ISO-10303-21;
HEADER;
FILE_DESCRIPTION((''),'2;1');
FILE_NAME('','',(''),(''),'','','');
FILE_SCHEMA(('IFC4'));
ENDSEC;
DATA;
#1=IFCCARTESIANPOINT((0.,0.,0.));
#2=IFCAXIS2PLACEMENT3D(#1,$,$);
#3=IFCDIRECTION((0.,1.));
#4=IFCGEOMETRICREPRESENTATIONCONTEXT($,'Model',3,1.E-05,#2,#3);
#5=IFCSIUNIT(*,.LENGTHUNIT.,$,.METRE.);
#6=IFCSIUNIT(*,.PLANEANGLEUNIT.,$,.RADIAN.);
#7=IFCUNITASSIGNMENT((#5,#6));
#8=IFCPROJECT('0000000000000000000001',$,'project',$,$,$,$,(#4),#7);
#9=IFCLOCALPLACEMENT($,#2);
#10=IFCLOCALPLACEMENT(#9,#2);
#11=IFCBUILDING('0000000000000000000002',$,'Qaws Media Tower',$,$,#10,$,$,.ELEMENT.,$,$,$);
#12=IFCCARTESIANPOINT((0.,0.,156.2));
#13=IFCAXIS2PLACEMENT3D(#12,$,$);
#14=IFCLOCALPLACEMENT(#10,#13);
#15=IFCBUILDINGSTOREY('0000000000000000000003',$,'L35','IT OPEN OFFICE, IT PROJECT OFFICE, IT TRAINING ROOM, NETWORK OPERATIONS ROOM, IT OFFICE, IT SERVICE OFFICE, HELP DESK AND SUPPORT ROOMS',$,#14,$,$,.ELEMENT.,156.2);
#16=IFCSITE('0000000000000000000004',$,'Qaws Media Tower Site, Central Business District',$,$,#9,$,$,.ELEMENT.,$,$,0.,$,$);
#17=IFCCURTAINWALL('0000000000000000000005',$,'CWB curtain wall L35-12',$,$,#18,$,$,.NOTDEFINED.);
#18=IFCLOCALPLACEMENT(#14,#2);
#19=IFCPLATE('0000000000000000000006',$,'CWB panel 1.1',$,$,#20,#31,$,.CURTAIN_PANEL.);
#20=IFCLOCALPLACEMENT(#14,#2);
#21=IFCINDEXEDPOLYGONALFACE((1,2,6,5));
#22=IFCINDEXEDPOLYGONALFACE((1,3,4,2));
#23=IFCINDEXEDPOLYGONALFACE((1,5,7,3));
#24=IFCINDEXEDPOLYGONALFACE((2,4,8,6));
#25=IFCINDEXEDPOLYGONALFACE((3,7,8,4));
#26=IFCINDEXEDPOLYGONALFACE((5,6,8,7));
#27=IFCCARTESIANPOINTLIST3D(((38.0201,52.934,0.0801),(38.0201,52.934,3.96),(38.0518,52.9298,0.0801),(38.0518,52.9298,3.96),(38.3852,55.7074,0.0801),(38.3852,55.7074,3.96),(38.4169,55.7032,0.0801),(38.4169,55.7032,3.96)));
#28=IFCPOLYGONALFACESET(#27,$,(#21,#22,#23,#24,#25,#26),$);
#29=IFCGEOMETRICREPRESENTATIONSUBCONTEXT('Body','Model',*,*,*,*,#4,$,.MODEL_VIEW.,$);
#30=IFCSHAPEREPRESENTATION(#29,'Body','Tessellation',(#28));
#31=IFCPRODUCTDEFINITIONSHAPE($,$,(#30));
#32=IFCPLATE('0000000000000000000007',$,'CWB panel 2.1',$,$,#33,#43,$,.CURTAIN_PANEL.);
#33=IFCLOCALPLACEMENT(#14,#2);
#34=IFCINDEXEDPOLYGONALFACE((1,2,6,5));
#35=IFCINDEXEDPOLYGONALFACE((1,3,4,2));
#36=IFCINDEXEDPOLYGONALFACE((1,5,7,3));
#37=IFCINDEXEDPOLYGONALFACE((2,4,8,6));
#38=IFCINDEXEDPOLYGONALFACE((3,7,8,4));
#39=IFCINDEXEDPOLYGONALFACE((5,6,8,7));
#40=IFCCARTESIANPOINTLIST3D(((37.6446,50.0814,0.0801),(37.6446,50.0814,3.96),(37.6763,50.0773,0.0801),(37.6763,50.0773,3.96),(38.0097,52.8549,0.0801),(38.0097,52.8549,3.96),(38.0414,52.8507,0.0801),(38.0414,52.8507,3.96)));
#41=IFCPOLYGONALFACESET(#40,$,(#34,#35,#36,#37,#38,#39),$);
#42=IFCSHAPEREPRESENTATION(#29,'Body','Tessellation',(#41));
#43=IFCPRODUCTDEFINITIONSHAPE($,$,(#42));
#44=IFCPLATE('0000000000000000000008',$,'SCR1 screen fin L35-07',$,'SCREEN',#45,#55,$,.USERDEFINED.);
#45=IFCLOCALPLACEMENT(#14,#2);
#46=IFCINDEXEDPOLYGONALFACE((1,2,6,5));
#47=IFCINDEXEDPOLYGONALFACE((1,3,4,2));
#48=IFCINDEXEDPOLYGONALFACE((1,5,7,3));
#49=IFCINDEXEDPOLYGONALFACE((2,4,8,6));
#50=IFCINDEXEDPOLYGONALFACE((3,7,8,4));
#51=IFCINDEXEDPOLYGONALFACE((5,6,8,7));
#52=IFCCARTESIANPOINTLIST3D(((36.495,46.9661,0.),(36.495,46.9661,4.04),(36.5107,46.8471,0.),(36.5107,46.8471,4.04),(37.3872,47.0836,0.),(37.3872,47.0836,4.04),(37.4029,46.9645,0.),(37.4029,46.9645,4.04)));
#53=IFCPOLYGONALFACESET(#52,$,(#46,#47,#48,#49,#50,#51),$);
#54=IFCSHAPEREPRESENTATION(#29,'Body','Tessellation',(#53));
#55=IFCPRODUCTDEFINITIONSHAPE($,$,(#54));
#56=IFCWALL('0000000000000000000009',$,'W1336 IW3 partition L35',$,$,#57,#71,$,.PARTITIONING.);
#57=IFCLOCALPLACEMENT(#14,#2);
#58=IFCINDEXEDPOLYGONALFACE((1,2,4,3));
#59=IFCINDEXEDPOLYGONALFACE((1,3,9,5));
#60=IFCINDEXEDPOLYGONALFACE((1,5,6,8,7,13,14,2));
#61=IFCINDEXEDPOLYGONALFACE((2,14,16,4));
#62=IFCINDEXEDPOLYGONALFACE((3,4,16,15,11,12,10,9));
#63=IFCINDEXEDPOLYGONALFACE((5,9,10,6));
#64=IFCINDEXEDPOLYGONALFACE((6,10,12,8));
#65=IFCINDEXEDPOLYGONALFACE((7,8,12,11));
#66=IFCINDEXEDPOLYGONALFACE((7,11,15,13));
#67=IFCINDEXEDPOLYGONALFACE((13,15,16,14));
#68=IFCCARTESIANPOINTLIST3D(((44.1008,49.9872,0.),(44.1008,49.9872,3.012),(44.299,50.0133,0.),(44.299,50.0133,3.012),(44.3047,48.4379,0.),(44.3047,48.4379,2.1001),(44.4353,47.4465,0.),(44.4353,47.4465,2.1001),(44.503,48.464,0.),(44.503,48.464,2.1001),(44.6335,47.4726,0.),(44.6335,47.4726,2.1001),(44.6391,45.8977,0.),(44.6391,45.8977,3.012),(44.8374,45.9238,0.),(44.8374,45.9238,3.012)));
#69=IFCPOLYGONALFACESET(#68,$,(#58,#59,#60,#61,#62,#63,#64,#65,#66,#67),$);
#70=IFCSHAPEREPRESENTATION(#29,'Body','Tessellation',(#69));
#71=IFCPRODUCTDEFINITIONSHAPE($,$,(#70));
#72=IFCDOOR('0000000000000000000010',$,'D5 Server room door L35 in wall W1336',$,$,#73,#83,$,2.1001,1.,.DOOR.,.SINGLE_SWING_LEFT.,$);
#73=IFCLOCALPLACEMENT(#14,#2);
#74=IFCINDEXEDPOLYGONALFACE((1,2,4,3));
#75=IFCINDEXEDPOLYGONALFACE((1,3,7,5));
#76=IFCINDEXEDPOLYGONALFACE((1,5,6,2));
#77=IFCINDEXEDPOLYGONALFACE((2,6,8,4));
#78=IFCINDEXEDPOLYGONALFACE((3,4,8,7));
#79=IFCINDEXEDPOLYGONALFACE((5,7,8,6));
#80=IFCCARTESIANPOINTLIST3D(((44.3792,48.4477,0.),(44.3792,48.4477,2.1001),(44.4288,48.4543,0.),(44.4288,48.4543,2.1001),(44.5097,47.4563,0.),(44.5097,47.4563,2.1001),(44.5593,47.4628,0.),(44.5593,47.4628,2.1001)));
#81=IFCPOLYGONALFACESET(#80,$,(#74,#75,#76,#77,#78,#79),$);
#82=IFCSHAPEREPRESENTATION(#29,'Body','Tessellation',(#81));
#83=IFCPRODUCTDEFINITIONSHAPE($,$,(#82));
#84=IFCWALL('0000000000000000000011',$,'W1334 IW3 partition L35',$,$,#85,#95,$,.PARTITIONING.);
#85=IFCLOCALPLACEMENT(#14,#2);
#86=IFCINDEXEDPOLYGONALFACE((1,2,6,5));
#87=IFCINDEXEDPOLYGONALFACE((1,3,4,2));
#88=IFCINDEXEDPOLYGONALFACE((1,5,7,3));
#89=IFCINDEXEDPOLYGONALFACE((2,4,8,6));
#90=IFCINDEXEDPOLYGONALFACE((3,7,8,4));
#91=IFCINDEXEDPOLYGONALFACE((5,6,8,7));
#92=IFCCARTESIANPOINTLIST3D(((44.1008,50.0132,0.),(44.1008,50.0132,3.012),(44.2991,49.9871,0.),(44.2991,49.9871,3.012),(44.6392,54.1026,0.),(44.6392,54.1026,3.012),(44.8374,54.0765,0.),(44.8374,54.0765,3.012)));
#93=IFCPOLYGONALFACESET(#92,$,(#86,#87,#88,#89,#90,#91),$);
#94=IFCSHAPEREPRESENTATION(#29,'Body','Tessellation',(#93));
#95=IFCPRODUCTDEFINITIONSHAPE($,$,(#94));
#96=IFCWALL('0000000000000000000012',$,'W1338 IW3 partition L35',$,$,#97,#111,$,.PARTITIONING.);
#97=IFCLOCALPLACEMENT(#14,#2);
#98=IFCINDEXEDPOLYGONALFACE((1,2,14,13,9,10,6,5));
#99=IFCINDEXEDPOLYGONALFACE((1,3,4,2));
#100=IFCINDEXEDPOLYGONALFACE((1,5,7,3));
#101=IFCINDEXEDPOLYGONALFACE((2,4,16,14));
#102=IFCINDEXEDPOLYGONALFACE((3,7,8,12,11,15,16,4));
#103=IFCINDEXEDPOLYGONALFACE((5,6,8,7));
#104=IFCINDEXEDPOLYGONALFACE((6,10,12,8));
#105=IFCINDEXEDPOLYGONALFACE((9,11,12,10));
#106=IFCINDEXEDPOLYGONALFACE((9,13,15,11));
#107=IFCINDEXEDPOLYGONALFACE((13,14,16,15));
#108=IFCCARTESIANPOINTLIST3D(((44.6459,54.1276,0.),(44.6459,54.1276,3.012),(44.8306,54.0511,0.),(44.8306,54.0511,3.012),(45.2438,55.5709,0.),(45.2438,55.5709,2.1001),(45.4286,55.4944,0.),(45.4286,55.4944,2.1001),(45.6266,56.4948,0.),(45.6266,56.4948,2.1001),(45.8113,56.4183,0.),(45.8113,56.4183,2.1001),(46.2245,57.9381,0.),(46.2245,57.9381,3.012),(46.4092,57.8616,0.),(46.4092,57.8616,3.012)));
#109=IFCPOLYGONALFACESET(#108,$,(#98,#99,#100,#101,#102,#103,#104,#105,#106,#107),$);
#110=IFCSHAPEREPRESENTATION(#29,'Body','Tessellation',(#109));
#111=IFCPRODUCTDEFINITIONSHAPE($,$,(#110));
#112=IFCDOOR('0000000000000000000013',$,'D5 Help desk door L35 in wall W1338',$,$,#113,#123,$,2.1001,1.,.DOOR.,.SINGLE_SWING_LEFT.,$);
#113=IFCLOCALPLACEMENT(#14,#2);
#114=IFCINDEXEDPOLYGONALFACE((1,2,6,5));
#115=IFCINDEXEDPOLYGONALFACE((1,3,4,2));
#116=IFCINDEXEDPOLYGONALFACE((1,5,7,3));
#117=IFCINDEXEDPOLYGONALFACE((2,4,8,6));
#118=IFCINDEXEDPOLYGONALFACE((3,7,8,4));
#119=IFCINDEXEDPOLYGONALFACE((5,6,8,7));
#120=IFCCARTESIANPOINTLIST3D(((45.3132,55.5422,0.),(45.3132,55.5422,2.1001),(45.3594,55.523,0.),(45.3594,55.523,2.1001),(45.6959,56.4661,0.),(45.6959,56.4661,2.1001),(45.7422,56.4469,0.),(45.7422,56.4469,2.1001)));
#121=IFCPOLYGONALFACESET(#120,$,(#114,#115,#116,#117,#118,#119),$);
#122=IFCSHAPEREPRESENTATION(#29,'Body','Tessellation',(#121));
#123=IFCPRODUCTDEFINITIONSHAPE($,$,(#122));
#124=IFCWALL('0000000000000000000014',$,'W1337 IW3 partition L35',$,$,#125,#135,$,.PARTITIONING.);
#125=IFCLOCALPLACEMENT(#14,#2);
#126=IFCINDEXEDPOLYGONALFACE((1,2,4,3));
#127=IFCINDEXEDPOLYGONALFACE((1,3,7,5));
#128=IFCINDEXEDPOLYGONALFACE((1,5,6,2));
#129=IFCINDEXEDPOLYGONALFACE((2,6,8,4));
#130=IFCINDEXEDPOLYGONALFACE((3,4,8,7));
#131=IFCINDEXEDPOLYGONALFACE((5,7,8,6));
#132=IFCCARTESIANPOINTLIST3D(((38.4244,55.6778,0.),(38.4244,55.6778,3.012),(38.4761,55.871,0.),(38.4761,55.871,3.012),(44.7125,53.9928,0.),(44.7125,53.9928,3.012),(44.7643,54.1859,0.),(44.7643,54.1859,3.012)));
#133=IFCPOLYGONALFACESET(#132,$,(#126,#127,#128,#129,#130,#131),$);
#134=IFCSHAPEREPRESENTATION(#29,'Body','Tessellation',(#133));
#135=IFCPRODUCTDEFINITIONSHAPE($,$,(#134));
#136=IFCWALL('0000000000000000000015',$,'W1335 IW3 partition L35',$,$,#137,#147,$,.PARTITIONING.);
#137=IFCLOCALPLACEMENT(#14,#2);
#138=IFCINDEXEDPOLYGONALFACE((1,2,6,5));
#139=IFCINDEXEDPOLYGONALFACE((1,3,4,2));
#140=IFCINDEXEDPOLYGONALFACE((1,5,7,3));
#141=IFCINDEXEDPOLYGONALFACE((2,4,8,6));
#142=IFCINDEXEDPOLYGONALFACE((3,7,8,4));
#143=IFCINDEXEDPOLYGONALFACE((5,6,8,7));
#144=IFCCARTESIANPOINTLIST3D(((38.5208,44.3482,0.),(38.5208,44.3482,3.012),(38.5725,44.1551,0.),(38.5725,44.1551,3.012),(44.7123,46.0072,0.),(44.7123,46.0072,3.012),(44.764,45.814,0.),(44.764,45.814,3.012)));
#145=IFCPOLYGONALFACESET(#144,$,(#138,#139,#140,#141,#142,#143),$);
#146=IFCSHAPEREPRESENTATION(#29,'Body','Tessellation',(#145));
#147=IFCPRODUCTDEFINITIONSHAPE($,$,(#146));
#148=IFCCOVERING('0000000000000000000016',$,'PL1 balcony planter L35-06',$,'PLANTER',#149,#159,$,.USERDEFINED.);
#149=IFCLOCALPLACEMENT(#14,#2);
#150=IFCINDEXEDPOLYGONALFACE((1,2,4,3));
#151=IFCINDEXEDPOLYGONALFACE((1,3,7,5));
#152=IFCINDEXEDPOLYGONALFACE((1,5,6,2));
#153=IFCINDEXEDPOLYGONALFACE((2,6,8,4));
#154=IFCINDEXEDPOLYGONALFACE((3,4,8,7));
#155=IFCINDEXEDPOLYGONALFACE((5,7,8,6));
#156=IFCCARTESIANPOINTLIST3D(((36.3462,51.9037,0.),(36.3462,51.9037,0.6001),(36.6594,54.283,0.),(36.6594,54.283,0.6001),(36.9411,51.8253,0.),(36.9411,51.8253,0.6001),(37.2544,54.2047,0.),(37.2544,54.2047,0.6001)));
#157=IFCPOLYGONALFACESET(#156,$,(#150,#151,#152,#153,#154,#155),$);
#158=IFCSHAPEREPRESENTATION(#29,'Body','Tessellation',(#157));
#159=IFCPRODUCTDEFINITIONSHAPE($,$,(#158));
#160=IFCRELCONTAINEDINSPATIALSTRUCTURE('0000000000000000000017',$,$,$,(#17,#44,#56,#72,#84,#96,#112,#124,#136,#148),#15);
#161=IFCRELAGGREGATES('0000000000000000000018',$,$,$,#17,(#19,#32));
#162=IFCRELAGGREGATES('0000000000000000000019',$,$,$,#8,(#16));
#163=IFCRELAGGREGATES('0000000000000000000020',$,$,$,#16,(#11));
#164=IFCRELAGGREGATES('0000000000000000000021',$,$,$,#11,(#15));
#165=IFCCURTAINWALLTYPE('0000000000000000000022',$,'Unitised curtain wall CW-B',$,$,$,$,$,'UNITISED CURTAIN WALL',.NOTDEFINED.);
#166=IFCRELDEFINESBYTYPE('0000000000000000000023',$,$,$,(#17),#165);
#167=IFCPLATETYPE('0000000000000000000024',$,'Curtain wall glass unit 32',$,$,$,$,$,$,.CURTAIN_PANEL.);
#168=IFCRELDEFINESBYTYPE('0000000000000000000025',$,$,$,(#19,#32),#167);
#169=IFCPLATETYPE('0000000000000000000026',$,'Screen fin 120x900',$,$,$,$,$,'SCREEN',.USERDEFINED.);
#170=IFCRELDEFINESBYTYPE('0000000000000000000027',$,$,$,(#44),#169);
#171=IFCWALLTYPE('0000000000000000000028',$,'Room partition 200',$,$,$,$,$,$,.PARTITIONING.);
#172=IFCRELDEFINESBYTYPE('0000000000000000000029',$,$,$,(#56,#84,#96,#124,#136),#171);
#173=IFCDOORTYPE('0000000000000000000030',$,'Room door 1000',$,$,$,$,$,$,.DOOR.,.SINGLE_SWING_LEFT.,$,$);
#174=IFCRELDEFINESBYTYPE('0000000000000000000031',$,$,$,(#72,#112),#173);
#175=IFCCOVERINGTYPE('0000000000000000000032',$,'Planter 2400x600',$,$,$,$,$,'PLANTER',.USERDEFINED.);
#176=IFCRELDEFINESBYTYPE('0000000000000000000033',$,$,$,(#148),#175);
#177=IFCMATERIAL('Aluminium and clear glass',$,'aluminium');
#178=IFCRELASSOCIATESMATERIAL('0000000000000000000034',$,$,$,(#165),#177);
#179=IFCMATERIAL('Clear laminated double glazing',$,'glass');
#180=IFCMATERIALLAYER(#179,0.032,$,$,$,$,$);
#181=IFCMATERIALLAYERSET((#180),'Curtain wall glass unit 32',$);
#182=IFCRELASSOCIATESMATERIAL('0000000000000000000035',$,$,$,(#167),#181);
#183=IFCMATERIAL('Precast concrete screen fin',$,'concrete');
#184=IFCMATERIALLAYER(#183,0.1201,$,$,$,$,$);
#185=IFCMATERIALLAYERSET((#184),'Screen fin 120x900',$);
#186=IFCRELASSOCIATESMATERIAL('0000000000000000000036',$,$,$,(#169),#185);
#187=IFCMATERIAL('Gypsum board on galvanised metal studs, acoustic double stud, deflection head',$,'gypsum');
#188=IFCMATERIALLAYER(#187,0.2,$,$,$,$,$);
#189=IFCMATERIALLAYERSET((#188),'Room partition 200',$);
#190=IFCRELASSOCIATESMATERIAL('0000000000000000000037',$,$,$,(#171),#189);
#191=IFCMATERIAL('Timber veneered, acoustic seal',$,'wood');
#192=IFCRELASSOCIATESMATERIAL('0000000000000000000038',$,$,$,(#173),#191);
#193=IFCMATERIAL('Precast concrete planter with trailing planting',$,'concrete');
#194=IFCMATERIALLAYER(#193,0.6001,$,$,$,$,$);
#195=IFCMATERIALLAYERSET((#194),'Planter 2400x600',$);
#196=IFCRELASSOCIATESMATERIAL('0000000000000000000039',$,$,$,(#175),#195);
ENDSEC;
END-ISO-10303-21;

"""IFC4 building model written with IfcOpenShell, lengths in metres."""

from ifc_helpers import new_model, si_unit, direction, frame, frame_2d, origin, origin_2d, place, context, subcontext, project, spatial, rectangle, extrude, material, layer, layer_set, type_object, element, fill, aggregate, save


model = new_model("IFC4")

# Units and contexts
model_context = context("Model", 3, precision=1e-05, world=origin(), true_north=direction((0.0, 1.0)))
body_context = subcontext(model_context, "Body", "Model", "MODEL_VIEW")
ifc_project = project(units=[si_unit("LENGTHUNIT", "METRE"), si_unit("PLANEANGLEUNIT", "RADIAN")], contexts=[model_context])

# Site, building, storey
site_placement = place(None, origin())
site = spatial("IfcSite", under=ifc_project, at=site_placement, Name="Qaws Media Tower Site, Central Business District", CompositionType="ELEMENT", RefElevation=0.0)
building_placement = place(site_placement, origin())
building = spatial("IfcBuilding", under=site, at=building_placement, Name="Qaws Media Tower", CompositionType="ELEMENT")
storey_placement = place(building_placement, frame((0.0, 0.0, 156.2)))
storey = spatial("IfcBuildingStorey", under=building, at=storey_placement, Name="L35", Description="IT OPEN OFFICE, IT PROJECT OFFICE, IT TRAINING ROOM, NETWORK OPERATIONS ROOM, IT OFFICE, IT SERVICE OFFICE, HELP DESK AND SUPPORT ROOMS", CompositionType="ELEMENT", Elevation=156.2)

# Shared definitions
ifc_material_1 = material(Name="Aluminium and clear glass", Category="aluminium")
curtain_wall_type = type_object("IfcCurtainWallType", Name="Unitised curtain wall CW-B", ElementType="UNITISED CURTAIN WALL", PredefinedType="NOTDEFINED", material=ifc_material_1)

# Curtain wall
curtain_wall_1_placement = place(storey_placement, origin())
curtain_wall_1 = element("IfcCurtainWall", 1, at=curtain_wall_1_placement, inside=storey, type_object=curtain_wall_type, Name="CWB curtain wall L35-12", PredefinedType="NOTDEFINED")

# Plates
ifc_material_2 = material(Name="Clear laminated double glazing", Category="glass")
ifc_layer_1 = layer(ifc_material_2, 0.032)
ifc_layer_set_1 = layer_set([ifc_layer_1], Name="Curtain wall glass unit 32")
plate_type_1 = type_object("IfcPlateType", Name="Curtain wall glass unit 32", PredefinedType="CURTAIN_PANEL", material=ifc_layer_set_1)
plate_1_placement = place(storey_placement, frame((38.2185, 54.3186, 0.0801), z_axis=(0.0, 0.0, 1.0), x_axis=(-0.130526, -0.991445, 0.0)))
plate_1 = element("IfcPlate", 2, at=plate_1_placement, type_object=plate_type_1, Name="CWB panel 1.1", PredefinedType="CURTAIN_PANEL", context=body_context, shape_type="SweptSolid", body=[
    extrude(rectangle(XDim=2.7974, YDim=0.032, at=origin_2d()), origin(), (0.0, 0.0, 1.0), 3.8799),
])
plate_2_placement = place(storey_placement, frame((37.843, 51.4661, 0.0801), z_axis=(0.0, 0.0, 1.0), x_axis=(-0.130526, -0.991445, 0.0)))
plate_2 = element("IfcPlate", 3, at=plate_2_placement, type_object=plate_type_1, Name="CWB panel 2.1", PredefinedType="CURTAIN_PANEL", context=body_context, shape_type="SweptSolid", body=[
    extrude(rectangle(XDim=2.7974, YDim=0.032, at=origin_2d()), origin(), (0.0, 0.0, 1.0), 3.8799),
])
aggregate(curtain_wall_1, [plate_1, plate_2])
ifc_material_3 = material(Name="Precast concrete screen fin", Category="concrete")
ifc_layer_2 = layer(ifc_material_3, 0.1201)
ifc_layer_set_2 = layer_set([ifc_layer_2], Name="Screen fin 120x900")
plate_type_2 = type_object("IfcPlateType", Name="Screen fin 120x900", ElementType="SCREEN", PredefinedType="USERDEFINED", material=ifc_layer_set_2)
plate_3_placement = place(storey_placement, frame((36.949, 46.9653, 0.0), z_axis=(0.0, 0.0, 1.0), x_axis=(-0.991445, -0.130526, 0.0)))
element("IfcPlate", 4, at=plate_3_placement, inside=storey, type_object=plate_type_2, Name="SCR1 screen fin L35-07", ObjectType="SCREEN", PredefinedType="USERDEFINED", context=body_context, shape_type="SweptSolid", body=[
    extrude(rectangle(XDim=0.8999, YDim=0.1201, at=origin_2d()), origin(), (0.0, 0.0, 1.0), 4.04),
])

# Wall, opening, door
ifc_material_4 = material(Name="Gypsum board on galvanised metal studs, acoustic double stud, deflection head", Category="gypsum")
ifc_layer_3 = layer(ifc_material_4, 0.2)
ifc_layer_set_3 = layer_set([ifc_layer_3], Name="Room partition 200")
wall_type_1 = type_object("IfcWallType", Name="Room partition 200", PredefinedType="PARTITIONING", material=ifc_layer_set_3)
wall_1_placement = place(storey_placement, frame((44.7383, 45.9106, 0.0), z_axis=(0.0, 0.0, 1.0), x_axis=(-0.130516, 0.991446, 0.0)))
wall_1 = element("IfcWall", 5, at=wall_1_placement, inside=storey, type_object=wall_type_1, Name="W1336 IW3 partition L35", PredefinedType="PARTITIONING", context=body_context, shape_type="SweptSolid", body=[
    extrude(rectangle(XDim=4.1248, YDim=0.2, at=frame_2d((2.0625, 0.0))), origin(), (0.0, 0.0, 1.0), 3.012),
])
opening_1_placement = place(wall_1_placement, frame((1.5623, 0.0, 0.0)))
opening_1 = element("IfcOpeningElement", 6, at=opening_1_placement, cuts=wall_1, PredefinedType="OPENING", context=body_context, shape_type="SweptSolid", body=[
    extrude(rectangle(XDim=1.0, YDim=2.1001, at=frame_2d((0.5, 1.05))), frame((0.0, 0.1099, 0.0), z_axis=(0.0, -1.0, 0.0), x_axis=(1.0, 0.0, 0.0)), (0.0, 0.0, 1.0), 0.22),
])
ifc_material_5 = material(Name="Timber veneered, acoustic seal", Category="wood")
door_type_1 = type_object("IfcDoorType", Name="Room door 1000", OperationType="SINGLE_SWING_LEFT", PredefinedType="DOOR", material=ifc_material_5)
door_1_placement = place(opening_1_placement, origin())
door_1 = element("IfcDoor", 7, at=door_1_placement, inside=storey, type_object=door_type_1, Name="D5 Server room door L35 in wall W1336", OperationType="SINGLE_SWING_LEFT", OverallHeight=2.1001, OverallWidth=1.0, PredefinedType="DOOR", context=body_context, shape_type="SweptSolid", body=[
    extrude(rectangle(XDim=1.0, YDim=2.1001, at=frame_2d((0.5, 1.05))), frame((0.0, 0.0249, 0.0), z_axis=(0.0, -1.0, 0.0), x_axis=(1.0, 0.0, 0.0)), (0.0, 0.0, 1.0), 0.05),
])
fill(opening_1, door_1)

# Wall
wall_2_placement = place(storey_placement, frame((44.2, 50.0, 0.0), z_axis=(0.0, 0.0, 1.0), x_axis=(0.130516, 0.991446, 0.0)))
element("IfcWall", 8, at=wall_2_placement, inside=storey, type_object=wall_type_1, Name="W1334 IW3 partition L35", PredefinedType="PARTITIONING", context=body_context, shape_type="SweptSolid", body=[
    extrude(rectangle(XDim=4.1248, YDim=0.2, at=frame_2d((2.0625, 0.0))), origin(), (0.0, 0.0, 1.0), 3.012),
])

# Wall, opening, door
wall_3_placement = place(storey_placement, frame((44.7383, 54.0894, 0.0), z_axis=(0.0, 0.0, 1.0), x_axis=(0.382732, 0.92386, 0.0)))
wall_3 = element("IfcWall", 9, at=wall_3_placement, inside=storey, type_object=wall_type_1, Name="W1338 IW3 partition L35", PredefinedType="PARTITIONING", context=body_context, shape_type="SweptSolid", body=[
    extrude(rectangle(XDim=4.1245, YDim=0.2, at=frame_2d((2.0623, 0.0))), origin(), (0.0, 0.0, 1.0), 3.012),
])
opening_2_placement = place(wall_3_placement, frame((1.5623, 0.0, 0.0)))
opening_2 = element("IfcOpeningElement", 10, at=opening_2_placement, cuts=wall_3, PredefinedType="OPENING", context=body_context, shape_type="SweptSolid", body=[
    extrude(rectangle(XDim=1.0, YDim=2.1001, at=frame_2d((0.5, 1.05))), frame((0.0, 0.1099, 0.0), z_axis=(0.0, -1.0, 0.0), x_axis=(1.0, 0.0, 0.0)), (0.0, 0.0, 1.0), 0.22),
])
door_2_placement = place(opening_2_placement, origin())
door_2 = element("IfcDoor", 11, at=door_2_placement, inside=storey, type_object=door_type_1, Name="D5 Help desk door L35 in wall W1338", OperationType="SINGLE_SWING_LEFT", OverallHeight=2.1001, OverallWidth=1.0, PredefinedType="DOOR", context=body_context, shape_type="SweptSolid", body=[
    extrude(rectangle(XDim=1.0, YDim=2.1001, at=frame_2d((0.5, 1.05))), frame((0.0, 0.0249, 0.0), z_axis=(0.0, -1.0, 0.0), x_axis=(1.0, 0.0, 0.0)), (0.0, 0.0, 1.0), 0.05),
])
fill(opening_2, door_2)

# Walls
wall_4_placement = place(storey_placement, frame((44.7383, 54.0894, 0.0), z_axis=(0.0, 0.0, 1.0), x_axis=(-0.965919, 0.258844, 0.0)))
element("IfcWall", 12, at=wall_4_placement, inside=storey, type_object=wall_type_1, Name="W1337 IW3 partition L35", PredefinedType="PARTITIONING", context=body_context, shape_type="SweptSolid", body=[
    extrude(rectangle(XDim=6.51, YDim=0.2, at=frame_2d((3.2549, 0.0))), origin(), (0.0, 0.0, 1.0), 3.012),
])
wall_5_placement = place(storey_placement, frame((44.7383, 45.9106, 0.0), z_axis=(0.0, 0.0, 1.0), x_axis=(-0.965928, -0.258812, 0.0)))
element("IfcWall", 13, at=wall_5_placement, inside=storey, type_object=wall_type_1, Name="W1335 IW3 partition L35", PredefinedType="PARTITIONING", context=body_context, shape_type="SweptSolid", body=[
    extrude(rectangle(XDim=6.4099, YDim=0.2, at=frame_2d((3.2051, 0.0))), origin(), (0.0, 0.0, 1.0), 3.012),
])

# Covering
ifc_material_6 = material(Name="Precast concrete planter with trailing planting", Category="concrete")
ifc_layer_4 = layer(ifc_material_6, 0.6001)
ifc_layer_set_4 = layer_set([ifc_layer_4], Name="Planter 2400x600")
covering_type = type_object("IfcCoveringType", Name="Planter 2400x600", ElementType="PLANTER", PredefinedType="USERDEFINED", material=ifc_layer_set_4)
covering_placement = place(storey_placement, frame((36.8003, 53.0542, 0.0), z_axis=(0.0, 0.0, 1.0), x_axis=(-0.130526, -0.991445, 0.0)))
element("IfcCovering", 14, at=covering_placement, inside=storey, type_object=covering_type, Name="PL1 balcony planter L35-06", ObjectType="PLANTER", PredefinedType="USERDEFINED", context=body_context, shape_type="SweptSolid", body=[
    extrude(rectangle(XDim=2.3999, YDim=0.6001, at=origin_2d()), origin(), (0.0, 0.0, 1.0), 0.6001),
])

save(model, "model.ifc")
